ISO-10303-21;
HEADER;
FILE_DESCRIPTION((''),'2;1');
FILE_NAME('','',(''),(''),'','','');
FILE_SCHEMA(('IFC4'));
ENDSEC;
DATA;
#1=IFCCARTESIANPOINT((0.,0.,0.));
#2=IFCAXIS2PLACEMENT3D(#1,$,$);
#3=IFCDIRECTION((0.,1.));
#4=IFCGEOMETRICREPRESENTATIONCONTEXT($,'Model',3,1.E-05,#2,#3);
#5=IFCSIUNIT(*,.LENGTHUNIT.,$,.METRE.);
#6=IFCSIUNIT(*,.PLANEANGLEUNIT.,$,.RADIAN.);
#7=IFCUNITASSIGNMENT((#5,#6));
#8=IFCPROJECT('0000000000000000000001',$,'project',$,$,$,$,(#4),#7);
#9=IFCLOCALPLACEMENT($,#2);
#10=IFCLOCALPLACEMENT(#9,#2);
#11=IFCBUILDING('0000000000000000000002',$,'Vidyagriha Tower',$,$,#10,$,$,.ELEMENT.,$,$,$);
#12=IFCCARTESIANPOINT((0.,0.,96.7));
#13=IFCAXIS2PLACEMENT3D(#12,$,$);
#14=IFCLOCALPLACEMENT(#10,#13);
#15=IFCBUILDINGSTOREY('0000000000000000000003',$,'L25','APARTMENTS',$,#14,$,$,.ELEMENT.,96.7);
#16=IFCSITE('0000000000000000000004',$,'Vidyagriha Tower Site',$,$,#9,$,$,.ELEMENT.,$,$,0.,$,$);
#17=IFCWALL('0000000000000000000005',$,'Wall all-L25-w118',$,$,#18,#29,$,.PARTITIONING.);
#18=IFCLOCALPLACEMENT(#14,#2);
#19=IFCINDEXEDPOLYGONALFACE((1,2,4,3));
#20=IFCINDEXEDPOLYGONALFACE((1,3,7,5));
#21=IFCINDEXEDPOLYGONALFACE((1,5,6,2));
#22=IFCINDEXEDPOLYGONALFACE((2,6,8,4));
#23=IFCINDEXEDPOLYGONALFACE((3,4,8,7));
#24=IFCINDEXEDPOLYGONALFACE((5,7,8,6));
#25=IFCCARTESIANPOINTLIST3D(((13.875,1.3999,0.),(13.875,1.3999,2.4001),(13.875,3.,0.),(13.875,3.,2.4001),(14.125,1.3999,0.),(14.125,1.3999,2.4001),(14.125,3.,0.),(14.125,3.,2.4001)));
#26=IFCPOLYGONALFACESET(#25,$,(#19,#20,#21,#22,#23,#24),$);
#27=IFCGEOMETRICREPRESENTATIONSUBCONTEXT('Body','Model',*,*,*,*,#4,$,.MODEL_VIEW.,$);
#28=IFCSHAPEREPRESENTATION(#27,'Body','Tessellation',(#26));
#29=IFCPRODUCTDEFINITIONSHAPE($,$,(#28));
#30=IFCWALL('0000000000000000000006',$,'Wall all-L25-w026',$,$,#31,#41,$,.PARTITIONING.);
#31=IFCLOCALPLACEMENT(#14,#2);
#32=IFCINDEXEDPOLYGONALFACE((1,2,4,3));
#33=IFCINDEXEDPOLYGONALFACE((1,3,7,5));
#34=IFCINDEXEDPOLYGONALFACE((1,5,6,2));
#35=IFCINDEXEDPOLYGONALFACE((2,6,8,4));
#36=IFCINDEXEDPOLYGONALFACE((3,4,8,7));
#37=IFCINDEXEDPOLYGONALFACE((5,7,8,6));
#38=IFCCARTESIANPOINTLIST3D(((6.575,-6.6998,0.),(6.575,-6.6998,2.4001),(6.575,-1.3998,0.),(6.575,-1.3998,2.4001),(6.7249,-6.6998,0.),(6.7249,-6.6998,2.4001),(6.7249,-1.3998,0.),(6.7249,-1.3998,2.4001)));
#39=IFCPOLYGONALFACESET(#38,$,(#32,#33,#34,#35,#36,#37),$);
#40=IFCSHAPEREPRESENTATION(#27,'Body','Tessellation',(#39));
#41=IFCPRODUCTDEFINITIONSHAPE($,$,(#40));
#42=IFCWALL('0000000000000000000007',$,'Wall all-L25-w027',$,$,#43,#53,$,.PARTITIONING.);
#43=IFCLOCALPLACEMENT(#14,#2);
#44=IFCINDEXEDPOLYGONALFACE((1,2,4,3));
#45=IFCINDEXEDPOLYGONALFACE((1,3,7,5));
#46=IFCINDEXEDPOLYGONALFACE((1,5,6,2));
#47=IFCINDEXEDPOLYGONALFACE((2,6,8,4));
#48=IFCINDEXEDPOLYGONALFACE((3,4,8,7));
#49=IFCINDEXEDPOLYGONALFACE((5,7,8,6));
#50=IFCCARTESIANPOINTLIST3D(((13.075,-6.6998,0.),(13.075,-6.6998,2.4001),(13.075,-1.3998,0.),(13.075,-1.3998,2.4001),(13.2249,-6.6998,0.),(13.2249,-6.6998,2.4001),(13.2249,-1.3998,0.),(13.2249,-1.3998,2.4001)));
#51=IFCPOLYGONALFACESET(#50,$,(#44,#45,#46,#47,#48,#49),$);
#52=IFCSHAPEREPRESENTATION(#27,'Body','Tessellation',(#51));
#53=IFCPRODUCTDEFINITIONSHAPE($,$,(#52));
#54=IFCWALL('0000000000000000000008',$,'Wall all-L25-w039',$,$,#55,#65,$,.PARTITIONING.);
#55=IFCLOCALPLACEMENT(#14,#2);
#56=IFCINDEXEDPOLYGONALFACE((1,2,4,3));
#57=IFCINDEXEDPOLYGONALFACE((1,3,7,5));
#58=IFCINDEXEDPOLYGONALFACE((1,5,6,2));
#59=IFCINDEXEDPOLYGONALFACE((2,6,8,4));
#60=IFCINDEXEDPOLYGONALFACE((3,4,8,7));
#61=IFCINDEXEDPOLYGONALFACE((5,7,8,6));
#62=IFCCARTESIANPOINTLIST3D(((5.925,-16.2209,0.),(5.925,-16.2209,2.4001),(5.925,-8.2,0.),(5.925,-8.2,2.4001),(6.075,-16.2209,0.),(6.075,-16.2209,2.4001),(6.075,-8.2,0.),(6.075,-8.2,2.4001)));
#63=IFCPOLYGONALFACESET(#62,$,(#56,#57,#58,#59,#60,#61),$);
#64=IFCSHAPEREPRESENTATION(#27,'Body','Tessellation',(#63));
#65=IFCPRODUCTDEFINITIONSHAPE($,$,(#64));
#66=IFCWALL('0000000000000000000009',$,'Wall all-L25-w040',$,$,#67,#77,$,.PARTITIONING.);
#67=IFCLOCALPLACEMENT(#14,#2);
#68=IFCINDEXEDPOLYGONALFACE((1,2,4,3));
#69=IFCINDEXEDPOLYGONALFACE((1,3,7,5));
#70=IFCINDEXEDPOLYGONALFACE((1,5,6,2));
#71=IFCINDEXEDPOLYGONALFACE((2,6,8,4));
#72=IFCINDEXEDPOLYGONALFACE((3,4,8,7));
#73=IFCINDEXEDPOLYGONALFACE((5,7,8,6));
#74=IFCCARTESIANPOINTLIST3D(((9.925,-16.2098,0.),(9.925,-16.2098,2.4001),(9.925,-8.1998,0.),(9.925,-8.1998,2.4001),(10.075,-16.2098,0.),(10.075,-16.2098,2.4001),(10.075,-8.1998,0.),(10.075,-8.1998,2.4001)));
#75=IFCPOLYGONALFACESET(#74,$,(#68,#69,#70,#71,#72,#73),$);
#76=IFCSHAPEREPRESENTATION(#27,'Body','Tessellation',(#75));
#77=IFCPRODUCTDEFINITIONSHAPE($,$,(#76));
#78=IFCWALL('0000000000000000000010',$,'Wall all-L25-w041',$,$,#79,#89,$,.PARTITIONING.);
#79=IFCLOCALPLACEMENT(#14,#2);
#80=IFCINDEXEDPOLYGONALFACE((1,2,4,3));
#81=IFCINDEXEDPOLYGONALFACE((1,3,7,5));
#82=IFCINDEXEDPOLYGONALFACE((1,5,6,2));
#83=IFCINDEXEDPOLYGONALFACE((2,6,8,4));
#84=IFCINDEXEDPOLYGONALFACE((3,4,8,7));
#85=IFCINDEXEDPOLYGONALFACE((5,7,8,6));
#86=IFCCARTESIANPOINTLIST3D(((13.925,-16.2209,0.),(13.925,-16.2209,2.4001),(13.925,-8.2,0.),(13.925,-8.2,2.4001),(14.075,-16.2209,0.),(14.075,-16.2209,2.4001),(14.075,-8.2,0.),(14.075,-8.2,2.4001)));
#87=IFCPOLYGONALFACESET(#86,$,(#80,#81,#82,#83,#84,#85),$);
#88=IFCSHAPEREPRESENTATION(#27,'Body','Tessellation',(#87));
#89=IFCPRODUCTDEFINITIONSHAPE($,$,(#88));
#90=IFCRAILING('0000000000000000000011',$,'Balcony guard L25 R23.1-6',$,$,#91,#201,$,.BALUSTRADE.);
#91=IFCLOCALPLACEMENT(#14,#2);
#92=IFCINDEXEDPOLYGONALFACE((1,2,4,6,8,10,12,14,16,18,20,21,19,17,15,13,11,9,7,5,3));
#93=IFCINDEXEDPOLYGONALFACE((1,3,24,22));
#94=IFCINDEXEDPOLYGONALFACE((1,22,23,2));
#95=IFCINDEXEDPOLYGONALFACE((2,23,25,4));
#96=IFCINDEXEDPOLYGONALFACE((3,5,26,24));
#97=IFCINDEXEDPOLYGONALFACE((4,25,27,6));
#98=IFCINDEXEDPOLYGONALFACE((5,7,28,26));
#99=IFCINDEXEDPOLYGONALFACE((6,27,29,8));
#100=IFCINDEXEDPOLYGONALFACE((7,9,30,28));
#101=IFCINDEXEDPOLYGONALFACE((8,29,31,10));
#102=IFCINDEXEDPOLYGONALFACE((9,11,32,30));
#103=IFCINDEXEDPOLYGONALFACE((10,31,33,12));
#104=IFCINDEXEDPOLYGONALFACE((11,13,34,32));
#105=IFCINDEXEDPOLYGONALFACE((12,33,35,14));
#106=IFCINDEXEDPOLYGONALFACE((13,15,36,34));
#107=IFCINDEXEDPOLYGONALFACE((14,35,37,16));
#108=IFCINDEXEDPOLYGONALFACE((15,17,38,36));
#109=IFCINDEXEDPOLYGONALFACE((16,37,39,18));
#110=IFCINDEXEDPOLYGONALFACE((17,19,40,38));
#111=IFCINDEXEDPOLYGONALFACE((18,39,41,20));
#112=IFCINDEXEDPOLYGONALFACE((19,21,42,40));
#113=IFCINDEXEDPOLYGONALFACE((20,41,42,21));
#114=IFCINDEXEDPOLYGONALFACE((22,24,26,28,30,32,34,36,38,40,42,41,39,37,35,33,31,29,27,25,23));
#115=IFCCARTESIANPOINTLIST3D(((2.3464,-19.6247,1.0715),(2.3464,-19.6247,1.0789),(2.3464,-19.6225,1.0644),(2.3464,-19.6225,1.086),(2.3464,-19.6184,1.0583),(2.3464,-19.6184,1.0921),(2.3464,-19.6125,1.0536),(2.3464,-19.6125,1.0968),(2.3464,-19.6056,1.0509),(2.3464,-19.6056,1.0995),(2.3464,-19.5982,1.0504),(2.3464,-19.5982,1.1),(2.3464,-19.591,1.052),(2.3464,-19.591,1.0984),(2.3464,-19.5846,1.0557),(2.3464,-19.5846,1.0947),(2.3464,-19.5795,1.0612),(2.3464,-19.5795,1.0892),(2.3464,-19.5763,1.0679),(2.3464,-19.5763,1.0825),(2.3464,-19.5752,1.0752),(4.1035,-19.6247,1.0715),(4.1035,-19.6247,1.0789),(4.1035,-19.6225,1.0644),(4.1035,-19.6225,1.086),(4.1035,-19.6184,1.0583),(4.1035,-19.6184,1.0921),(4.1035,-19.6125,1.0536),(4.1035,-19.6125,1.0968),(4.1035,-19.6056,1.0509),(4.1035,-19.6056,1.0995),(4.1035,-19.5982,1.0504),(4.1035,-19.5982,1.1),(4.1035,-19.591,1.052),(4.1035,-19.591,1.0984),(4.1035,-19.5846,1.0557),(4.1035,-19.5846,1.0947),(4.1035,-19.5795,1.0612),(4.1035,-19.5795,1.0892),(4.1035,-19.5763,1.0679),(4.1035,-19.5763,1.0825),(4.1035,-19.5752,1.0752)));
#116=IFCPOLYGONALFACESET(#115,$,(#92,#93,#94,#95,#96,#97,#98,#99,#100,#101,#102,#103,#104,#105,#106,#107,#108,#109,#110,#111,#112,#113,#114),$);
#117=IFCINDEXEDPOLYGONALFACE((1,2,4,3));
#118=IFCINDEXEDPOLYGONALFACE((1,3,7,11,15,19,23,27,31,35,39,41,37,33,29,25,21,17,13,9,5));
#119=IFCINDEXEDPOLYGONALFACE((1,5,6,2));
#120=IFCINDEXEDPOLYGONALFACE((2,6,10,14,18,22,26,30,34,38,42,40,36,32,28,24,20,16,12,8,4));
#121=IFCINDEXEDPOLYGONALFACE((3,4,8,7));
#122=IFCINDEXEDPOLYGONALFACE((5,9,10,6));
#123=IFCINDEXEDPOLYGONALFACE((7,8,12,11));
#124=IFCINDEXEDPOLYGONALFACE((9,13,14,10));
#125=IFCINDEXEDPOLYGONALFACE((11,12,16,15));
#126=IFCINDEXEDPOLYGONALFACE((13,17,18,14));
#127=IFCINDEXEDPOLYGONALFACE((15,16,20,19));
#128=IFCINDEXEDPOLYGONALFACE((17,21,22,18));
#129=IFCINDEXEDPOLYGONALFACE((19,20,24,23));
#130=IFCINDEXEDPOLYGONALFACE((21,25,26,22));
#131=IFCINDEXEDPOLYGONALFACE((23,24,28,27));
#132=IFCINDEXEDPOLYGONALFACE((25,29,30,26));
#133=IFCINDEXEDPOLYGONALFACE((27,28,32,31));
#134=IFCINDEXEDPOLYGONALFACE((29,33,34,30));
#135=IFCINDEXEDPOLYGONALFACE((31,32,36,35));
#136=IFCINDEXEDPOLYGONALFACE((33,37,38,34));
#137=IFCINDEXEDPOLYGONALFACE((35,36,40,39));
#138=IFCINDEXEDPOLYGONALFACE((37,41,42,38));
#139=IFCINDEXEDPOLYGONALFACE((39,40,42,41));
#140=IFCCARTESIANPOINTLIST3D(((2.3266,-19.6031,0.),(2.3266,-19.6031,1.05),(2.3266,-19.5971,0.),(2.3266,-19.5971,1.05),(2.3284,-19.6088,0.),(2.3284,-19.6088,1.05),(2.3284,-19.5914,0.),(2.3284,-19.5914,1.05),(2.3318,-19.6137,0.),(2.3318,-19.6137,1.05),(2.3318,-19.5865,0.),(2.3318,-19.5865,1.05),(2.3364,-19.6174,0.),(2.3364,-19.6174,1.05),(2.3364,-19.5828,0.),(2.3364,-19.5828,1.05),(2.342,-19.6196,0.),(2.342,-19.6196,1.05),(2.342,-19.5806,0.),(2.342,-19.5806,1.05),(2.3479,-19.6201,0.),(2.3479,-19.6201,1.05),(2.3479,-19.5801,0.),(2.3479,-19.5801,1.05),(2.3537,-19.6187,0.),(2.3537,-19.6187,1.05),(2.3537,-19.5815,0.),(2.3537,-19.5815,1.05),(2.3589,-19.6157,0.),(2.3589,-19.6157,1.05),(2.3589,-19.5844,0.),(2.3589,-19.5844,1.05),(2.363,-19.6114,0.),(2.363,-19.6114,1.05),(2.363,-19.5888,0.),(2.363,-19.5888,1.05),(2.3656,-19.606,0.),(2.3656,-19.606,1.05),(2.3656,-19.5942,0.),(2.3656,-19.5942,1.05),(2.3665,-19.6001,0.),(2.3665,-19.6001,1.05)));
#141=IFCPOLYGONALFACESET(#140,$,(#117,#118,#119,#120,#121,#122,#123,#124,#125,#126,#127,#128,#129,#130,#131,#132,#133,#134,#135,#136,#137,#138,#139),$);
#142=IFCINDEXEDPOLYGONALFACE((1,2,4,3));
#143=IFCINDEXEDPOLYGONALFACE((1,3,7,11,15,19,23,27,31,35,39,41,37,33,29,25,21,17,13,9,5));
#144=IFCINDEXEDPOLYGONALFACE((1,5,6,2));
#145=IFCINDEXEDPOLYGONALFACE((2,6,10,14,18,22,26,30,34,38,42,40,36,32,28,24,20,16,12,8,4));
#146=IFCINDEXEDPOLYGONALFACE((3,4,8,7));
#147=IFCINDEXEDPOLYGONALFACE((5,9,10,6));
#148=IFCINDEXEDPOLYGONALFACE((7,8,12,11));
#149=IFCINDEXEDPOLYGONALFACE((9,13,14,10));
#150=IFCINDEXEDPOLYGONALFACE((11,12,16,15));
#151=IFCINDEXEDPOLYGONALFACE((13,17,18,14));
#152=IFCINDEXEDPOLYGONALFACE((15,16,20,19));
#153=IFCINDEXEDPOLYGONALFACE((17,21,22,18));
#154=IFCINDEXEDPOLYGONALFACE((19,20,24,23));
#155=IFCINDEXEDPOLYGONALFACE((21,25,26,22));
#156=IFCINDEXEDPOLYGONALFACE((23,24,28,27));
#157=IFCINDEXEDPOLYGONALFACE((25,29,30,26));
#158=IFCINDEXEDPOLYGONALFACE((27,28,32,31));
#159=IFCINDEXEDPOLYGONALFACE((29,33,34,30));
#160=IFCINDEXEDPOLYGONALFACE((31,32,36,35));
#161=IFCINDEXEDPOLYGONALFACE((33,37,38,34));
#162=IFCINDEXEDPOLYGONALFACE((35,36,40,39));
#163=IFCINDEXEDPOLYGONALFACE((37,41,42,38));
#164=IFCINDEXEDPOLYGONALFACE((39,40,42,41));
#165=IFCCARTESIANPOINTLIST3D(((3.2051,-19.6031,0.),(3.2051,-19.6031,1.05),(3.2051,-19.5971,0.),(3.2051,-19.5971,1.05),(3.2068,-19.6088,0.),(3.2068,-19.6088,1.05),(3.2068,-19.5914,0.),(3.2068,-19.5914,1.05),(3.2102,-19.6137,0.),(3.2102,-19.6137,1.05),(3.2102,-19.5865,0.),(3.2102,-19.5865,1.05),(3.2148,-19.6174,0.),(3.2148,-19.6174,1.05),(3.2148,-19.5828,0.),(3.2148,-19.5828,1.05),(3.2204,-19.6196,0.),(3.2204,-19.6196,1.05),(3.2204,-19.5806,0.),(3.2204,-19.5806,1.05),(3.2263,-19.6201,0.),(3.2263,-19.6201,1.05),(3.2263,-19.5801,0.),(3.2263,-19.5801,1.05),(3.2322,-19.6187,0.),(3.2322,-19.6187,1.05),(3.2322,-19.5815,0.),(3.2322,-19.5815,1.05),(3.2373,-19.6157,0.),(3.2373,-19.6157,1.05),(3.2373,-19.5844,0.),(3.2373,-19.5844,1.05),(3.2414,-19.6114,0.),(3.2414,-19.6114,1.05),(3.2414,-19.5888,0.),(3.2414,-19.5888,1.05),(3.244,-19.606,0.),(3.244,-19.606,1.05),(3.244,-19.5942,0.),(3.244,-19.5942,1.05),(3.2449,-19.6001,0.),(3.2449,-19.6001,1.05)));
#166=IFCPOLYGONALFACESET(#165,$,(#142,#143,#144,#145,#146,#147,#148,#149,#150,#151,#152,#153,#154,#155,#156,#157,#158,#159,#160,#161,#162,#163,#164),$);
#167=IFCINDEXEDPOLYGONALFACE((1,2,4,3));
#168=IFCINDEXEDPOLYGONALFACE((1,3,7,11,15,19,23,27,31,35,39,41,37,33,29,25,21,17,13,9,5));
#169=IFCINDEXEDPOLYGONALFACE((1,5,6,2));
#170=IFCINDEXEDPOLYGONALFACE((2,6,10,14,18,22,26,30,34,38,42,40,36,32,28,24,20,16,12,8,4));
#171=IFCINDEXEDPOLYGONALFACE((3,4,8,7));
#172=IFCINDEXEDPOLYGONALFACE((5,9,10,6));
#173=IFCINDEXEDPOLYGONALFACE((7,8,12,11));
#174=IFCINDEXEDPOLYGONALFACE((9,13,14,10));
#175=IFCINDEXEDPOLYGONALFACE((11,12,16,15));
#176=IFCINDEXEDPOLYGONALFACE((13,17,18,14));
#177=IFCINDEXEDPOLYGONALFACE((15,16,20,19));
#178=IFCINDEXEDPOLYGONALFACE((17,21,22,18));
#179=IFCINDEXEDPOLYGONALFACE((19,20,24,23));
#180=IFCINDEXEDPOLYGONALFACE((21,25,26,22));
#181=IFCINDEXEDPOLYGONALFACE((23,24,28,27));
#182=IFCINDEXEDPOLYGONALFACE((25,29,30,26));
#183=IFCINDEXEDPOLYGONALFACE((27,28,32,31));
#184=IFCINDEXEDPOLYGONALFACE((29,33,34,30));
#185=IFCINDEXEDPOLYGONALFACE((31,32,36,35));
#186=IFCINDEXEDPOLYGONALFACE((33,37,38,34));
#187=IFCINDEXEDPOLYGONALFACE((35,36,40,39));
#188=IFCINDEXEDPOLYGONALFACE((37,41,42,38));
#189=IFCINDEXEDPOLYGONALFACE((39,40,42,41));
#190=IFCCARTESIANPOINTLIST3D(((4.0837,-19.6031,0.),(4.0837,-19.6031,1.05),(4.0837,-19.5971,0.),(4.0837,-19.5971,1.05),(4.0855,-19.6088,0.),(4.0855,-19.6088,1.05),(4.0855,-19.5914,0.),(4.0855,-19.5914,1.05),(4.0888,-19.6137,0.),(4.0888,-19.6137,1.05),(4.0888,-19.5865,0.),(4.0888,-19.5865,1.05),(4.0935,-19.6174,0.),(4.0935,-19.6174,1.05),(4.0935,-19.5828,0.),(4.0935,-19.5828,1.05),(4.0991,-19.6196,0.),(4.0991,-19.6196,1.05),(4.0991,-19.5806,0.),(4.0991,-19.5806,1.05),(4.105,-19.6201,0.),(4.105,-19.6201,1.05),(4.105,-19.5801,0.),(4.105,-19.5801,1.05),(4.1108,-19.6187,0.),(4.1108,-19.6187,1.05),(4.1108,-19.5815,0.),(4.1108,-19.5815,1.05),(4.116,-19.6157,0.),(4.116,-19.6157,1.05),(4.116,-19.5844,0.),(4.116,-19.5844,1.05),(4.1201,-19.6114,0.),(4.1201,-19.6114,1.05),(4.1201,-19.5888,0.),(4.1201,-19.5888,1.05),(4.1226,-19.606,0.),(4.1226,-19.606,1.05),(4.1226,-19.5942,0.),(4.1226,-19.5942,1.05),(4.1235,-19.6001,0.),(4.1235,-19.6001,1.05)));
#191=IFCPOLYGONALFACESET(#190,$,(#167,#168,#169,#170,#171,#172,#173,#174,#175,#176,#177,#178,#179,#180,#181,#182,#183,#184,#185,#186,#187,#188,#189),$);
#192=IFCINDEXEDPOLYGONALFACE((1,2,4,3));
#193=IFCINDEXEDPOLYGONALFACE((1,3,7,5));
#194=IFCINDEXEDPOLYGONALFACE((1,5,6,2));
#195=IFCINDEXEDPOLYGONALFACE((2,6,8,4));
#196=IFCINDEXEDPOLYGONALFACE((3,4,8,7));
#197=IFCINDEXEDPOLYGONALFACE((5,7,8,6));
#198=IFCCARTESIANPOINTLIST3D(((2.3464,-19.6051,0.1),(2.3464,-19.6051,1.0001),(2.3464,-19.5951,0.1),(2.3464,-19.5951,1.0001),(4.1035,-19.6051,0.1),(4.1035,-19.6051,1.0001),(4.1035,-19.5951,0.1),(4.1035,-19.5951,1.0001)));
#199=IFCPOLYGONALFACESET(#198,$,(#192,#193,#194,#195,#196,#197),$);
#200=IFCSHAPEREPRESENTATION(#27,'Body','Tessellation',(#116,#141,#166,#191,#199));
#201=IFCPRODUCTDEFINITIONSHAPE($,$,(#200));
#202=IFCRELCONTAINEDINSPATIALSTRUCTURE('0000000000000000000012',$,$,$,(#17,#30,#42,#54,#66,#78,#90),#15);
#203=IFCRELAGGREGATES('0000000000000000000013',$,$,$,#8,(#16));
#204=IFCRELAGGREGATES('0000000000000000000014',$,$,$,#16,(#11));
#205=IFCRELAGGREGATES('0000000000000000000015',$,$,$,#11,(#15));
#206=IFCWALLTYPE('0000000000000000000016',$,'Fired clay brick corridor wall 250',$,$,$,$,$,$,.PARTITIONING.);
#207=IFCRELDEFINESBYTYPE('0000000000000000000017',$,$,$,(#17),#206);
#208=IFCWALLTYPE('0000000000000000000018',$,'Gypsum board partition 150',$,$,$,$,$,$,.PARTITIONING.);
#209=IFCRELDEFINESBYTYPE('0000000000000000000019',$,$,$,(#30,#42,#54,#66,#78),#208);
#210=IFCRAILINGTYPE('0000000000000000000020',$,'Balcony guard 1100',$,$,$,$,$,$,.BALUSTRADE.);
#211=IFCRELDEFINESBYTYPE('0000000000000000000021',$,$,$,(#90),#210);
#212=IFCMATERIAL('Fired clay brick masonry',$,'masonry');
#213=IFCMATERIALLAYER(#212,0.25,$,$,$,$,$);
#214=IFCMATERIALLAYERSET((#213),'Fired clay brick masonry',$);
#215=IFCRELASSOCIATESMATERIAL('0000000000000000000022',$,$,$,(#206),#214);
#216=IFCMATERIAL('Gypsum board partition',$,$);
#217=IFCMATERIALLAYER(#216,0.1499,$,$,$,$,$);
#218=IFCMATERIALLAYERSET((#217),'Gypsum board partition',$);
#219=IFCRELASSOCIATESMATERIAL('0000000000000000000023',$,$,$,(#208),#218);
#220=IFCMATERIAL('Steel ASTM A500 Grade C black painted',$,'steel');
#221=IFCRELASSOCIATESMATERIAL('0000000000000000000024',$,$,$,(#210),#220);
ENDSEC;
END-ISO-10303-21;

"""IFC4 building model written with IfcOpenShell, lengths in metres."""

from ifc_helpers import new_model, si_unit, direction, frame, frame_2d, origin, origin_2d, place, context, subcontext, project, spatial, rectangle, circle, extrude, material, layer, layer_set, type_object, element, save


model = new_model("IFC4")

# Units and contexts
model_context = context("Model", 3, precision=1e-05, world=origin(), true_north=direction((0.0, 1.0)))
body_context = subcontext(model_context, "Body", "Model", "MODEL_VIEW")
ifc_project = project(units=[si_unit("LENGTHUNIT", "METRE"), si_unit("PLANEANGLEUNIT", "RADIAN")], contexts=[model_context])

# Site, building, storey
site_placement = place(None, origin())
site = spatial("IfcSite", under=ifc_project, at=site_placement, Name="Vidyagriha Tower Site", CompositionType="ELEMENT", RefElevation=0.0)
building_placement = place(site_placement, origin())
building = spatial("IfcBuilding", under=site, at=building_placement, Name="Vidyagriha Tower", CompositionType="ELEMENT")
storey_placement = place(building_placement, frame((0.0, 0.0, 96.7)))
storey = spatial("IfcBuildingStorey", under=building, at=storey_placement, Name="L25", Description="APARTMENTS", CompositionType="ELEMENT", Elevation=96.7)

# Shared definitions
ifc_material_1 = material(Name="Fired clay brick masonry", Category="masonry")
ifc_layer_1 = layer(ifc_material_1, 0.25)
ifc_layer_set_1 = layer_set([ifc_layer_1], Name="Fired clay brick masonry")
wall_type_1 = type_object("IfcWallType", Name="Fired clay brick corridor wall 250", PredefinedType="PARTITIONING", material=ifc_layer_set_1)

# Walls
wall_1_placement = place(storey_placement, frame((14.0, 1.3999, 0.0), z_axis=(0.0, 0.0, 1.0), x_axis=(0.0, 1.0, 0.0)))
element("IfcWall", 1, at=wall_1_placement, inside=storey, type_object=wall_type_1, Name="Wall all-L25-w118", PredefinedType="PARTITIONING", context=body_context, shape_type="SweptSolid", body=[
    extrude(rectangle(XDim=1.6001, YDim=0.25, at=frame_2d((0.8, 0.0))), origin(), (0.0, 0.0, 1.0), 2.4001),
])
ifc_material_2 = material(Name="Gypsum board partition")
ifc_layer_2 = layer(ifc_material_2, 0.1499)
ifc_layer_set_2 = layer_set([ifc_layer_2], Name="Gypsum board partition")
wall_type_2 = type_object("IfcWallType", Name="Gypsum board partition 150", PredefinedType="PARTITIONING", material=ifc_layer_set_2)
for number, where, z_axis, x_axis, name in (
    (2, (6.6499, -1.3999, 0.0), (0.0, 0.0, 1.0), (0.0, -1.0, 0.0), "Wall all-L25-w026"),
    (3, (13.1499, -1.3999, 0.0), (0.0, 0.0, 1.0), (0.0, -1.0, 0.0), "Wall all-L25-w027"),
):
    element("IfcWall", number, at=place(storey_placement, frame(where, z_axis=z_axis, x_axis=x_axis)), inside=storey, type_object=wall_type_2, Name=name, PredefinedType="PARTITIONING", context=body_context, shape_type="SweptSolid", body=[
        extrude(rectangle(XDim=5.3, YDim=0.1499, at=frame_2d((2.6499, 0.0))), origin(), (0.0, 0.0, 1.0), 2.4001),
    ])
wall_2_placement = place(storey_placement, frame((6.0, -8.2, 0.0), z_axis=(0.0, 0.0, 1.0), x_axis=(0.0, -1.0, 0.0)))
element("IfcWall", 4, at=wall_2_placement, inside=storey, type_object=wall_type_2, Name="Wall all-L25-w039", PredefinedType="PARTITIONING", context=body_context, shape_type="SweptSolid", body=[
    extrude(rectangle(XDim=8.021, YDim=0.1499, at=frame_2d((4.0105, 0.0))), origin(), (0.0, 0.0, 1.0), 2.4001),
])
wall_3_placement = place(storey_placement, frame((10.0, -8.2, 0.0), z_axis=(0.0, 0.0, 1.0), x_axis=(0.0, -1.0, 0.0)))
element("IfcWall", 5, at=wall_3_placement, inside=storey, type_object=wall_type_2, Name="Wall all-L25-w040", PredefinedType="PARTITIONING", context=body_context, shape_type="SweptSolid", body=[
    extrude(rectangle(XDim=8.01, YDim=0.1499, at=frame_2d((4.0049, 0.0))), origin(), (0.0, 0.0, 1.0), 2.4001),
])
wall_4_placement = place(storey_placement, frame((14.0, -8.2, 0.0), z_axis=(0.0, 0.0, 1.0), x_axis=(0.0, -1.0, 0.0)))
element("IfcWall", 6, at=wall_4_placement, inside=storey, type_object=wall_type_2, Name="Wall all-L25-w041", PredefinedType="PARTITIONING", context=body_context, shape_type="SweptSolid", body=[
    extrude(rectangle(XDim=8.021, YDim=0.1499, at=frame_2d((4.0105, 0.0))), origin(), (0.0, 0.0, 1.0), 2.4001),
])

# Railing
ifc_material_3 = material(Name="Steel ASTM A500 Grade C black painted", Category="steel")
railing_type = type_object("IfcRailingType", Name="Balcony guard 1100", PredefinedType="BALUSTRADE", material=ifc_material_3)
railing_1_placement = place(storey_placement, frame((2.3464, -19.6001, 0.0)))
element("IfcRailing", 7, at=railing_1_placement, inside=storey, type_object=railing_type, Name="Balcony guard L25 R23.1-6", PredefinedType="BALUSTRADE", context=body_context, shape_type="SweptSolid", body=[
    extrude(circle(Radius=0.0249, at=origin_2d()), frame((0.0, 0.0, 1.0752), z_axis=(1.0, 0.0, 0.0), x_axis=(0.0, 1.0, 0.0)), (0.0, 0.0, 1.0), 1.7571),
    extrude(circle(Radius=0.02, at=origin_2d()), origin(), (0.0, 0.0, 1.0), 1.05),
    extrude(circle(Radius=0.02, at=origin_2d()), frame((0.8784, 0.0, 0.0)), (0.0, 0.0, 1.0), 1.05),
    extrude(circle(Radius=0.02, at=origin_2d()), frame((1.7571, 0.0, 0.0)), (0.0, 0.0, 1.0), 1.05),
    extrude(rectangle(XDim=0.01, YDim=0.9001, at=origin_2d()), frame((0.0, 0.0, 0.55), z_axis=(1.0, 0.0, 0.0), x_axis=(0.0, 1.0, 0.0)), (0.0, 0.0, 1.0), 1.7571),
])

save(model, "model.ifc")
